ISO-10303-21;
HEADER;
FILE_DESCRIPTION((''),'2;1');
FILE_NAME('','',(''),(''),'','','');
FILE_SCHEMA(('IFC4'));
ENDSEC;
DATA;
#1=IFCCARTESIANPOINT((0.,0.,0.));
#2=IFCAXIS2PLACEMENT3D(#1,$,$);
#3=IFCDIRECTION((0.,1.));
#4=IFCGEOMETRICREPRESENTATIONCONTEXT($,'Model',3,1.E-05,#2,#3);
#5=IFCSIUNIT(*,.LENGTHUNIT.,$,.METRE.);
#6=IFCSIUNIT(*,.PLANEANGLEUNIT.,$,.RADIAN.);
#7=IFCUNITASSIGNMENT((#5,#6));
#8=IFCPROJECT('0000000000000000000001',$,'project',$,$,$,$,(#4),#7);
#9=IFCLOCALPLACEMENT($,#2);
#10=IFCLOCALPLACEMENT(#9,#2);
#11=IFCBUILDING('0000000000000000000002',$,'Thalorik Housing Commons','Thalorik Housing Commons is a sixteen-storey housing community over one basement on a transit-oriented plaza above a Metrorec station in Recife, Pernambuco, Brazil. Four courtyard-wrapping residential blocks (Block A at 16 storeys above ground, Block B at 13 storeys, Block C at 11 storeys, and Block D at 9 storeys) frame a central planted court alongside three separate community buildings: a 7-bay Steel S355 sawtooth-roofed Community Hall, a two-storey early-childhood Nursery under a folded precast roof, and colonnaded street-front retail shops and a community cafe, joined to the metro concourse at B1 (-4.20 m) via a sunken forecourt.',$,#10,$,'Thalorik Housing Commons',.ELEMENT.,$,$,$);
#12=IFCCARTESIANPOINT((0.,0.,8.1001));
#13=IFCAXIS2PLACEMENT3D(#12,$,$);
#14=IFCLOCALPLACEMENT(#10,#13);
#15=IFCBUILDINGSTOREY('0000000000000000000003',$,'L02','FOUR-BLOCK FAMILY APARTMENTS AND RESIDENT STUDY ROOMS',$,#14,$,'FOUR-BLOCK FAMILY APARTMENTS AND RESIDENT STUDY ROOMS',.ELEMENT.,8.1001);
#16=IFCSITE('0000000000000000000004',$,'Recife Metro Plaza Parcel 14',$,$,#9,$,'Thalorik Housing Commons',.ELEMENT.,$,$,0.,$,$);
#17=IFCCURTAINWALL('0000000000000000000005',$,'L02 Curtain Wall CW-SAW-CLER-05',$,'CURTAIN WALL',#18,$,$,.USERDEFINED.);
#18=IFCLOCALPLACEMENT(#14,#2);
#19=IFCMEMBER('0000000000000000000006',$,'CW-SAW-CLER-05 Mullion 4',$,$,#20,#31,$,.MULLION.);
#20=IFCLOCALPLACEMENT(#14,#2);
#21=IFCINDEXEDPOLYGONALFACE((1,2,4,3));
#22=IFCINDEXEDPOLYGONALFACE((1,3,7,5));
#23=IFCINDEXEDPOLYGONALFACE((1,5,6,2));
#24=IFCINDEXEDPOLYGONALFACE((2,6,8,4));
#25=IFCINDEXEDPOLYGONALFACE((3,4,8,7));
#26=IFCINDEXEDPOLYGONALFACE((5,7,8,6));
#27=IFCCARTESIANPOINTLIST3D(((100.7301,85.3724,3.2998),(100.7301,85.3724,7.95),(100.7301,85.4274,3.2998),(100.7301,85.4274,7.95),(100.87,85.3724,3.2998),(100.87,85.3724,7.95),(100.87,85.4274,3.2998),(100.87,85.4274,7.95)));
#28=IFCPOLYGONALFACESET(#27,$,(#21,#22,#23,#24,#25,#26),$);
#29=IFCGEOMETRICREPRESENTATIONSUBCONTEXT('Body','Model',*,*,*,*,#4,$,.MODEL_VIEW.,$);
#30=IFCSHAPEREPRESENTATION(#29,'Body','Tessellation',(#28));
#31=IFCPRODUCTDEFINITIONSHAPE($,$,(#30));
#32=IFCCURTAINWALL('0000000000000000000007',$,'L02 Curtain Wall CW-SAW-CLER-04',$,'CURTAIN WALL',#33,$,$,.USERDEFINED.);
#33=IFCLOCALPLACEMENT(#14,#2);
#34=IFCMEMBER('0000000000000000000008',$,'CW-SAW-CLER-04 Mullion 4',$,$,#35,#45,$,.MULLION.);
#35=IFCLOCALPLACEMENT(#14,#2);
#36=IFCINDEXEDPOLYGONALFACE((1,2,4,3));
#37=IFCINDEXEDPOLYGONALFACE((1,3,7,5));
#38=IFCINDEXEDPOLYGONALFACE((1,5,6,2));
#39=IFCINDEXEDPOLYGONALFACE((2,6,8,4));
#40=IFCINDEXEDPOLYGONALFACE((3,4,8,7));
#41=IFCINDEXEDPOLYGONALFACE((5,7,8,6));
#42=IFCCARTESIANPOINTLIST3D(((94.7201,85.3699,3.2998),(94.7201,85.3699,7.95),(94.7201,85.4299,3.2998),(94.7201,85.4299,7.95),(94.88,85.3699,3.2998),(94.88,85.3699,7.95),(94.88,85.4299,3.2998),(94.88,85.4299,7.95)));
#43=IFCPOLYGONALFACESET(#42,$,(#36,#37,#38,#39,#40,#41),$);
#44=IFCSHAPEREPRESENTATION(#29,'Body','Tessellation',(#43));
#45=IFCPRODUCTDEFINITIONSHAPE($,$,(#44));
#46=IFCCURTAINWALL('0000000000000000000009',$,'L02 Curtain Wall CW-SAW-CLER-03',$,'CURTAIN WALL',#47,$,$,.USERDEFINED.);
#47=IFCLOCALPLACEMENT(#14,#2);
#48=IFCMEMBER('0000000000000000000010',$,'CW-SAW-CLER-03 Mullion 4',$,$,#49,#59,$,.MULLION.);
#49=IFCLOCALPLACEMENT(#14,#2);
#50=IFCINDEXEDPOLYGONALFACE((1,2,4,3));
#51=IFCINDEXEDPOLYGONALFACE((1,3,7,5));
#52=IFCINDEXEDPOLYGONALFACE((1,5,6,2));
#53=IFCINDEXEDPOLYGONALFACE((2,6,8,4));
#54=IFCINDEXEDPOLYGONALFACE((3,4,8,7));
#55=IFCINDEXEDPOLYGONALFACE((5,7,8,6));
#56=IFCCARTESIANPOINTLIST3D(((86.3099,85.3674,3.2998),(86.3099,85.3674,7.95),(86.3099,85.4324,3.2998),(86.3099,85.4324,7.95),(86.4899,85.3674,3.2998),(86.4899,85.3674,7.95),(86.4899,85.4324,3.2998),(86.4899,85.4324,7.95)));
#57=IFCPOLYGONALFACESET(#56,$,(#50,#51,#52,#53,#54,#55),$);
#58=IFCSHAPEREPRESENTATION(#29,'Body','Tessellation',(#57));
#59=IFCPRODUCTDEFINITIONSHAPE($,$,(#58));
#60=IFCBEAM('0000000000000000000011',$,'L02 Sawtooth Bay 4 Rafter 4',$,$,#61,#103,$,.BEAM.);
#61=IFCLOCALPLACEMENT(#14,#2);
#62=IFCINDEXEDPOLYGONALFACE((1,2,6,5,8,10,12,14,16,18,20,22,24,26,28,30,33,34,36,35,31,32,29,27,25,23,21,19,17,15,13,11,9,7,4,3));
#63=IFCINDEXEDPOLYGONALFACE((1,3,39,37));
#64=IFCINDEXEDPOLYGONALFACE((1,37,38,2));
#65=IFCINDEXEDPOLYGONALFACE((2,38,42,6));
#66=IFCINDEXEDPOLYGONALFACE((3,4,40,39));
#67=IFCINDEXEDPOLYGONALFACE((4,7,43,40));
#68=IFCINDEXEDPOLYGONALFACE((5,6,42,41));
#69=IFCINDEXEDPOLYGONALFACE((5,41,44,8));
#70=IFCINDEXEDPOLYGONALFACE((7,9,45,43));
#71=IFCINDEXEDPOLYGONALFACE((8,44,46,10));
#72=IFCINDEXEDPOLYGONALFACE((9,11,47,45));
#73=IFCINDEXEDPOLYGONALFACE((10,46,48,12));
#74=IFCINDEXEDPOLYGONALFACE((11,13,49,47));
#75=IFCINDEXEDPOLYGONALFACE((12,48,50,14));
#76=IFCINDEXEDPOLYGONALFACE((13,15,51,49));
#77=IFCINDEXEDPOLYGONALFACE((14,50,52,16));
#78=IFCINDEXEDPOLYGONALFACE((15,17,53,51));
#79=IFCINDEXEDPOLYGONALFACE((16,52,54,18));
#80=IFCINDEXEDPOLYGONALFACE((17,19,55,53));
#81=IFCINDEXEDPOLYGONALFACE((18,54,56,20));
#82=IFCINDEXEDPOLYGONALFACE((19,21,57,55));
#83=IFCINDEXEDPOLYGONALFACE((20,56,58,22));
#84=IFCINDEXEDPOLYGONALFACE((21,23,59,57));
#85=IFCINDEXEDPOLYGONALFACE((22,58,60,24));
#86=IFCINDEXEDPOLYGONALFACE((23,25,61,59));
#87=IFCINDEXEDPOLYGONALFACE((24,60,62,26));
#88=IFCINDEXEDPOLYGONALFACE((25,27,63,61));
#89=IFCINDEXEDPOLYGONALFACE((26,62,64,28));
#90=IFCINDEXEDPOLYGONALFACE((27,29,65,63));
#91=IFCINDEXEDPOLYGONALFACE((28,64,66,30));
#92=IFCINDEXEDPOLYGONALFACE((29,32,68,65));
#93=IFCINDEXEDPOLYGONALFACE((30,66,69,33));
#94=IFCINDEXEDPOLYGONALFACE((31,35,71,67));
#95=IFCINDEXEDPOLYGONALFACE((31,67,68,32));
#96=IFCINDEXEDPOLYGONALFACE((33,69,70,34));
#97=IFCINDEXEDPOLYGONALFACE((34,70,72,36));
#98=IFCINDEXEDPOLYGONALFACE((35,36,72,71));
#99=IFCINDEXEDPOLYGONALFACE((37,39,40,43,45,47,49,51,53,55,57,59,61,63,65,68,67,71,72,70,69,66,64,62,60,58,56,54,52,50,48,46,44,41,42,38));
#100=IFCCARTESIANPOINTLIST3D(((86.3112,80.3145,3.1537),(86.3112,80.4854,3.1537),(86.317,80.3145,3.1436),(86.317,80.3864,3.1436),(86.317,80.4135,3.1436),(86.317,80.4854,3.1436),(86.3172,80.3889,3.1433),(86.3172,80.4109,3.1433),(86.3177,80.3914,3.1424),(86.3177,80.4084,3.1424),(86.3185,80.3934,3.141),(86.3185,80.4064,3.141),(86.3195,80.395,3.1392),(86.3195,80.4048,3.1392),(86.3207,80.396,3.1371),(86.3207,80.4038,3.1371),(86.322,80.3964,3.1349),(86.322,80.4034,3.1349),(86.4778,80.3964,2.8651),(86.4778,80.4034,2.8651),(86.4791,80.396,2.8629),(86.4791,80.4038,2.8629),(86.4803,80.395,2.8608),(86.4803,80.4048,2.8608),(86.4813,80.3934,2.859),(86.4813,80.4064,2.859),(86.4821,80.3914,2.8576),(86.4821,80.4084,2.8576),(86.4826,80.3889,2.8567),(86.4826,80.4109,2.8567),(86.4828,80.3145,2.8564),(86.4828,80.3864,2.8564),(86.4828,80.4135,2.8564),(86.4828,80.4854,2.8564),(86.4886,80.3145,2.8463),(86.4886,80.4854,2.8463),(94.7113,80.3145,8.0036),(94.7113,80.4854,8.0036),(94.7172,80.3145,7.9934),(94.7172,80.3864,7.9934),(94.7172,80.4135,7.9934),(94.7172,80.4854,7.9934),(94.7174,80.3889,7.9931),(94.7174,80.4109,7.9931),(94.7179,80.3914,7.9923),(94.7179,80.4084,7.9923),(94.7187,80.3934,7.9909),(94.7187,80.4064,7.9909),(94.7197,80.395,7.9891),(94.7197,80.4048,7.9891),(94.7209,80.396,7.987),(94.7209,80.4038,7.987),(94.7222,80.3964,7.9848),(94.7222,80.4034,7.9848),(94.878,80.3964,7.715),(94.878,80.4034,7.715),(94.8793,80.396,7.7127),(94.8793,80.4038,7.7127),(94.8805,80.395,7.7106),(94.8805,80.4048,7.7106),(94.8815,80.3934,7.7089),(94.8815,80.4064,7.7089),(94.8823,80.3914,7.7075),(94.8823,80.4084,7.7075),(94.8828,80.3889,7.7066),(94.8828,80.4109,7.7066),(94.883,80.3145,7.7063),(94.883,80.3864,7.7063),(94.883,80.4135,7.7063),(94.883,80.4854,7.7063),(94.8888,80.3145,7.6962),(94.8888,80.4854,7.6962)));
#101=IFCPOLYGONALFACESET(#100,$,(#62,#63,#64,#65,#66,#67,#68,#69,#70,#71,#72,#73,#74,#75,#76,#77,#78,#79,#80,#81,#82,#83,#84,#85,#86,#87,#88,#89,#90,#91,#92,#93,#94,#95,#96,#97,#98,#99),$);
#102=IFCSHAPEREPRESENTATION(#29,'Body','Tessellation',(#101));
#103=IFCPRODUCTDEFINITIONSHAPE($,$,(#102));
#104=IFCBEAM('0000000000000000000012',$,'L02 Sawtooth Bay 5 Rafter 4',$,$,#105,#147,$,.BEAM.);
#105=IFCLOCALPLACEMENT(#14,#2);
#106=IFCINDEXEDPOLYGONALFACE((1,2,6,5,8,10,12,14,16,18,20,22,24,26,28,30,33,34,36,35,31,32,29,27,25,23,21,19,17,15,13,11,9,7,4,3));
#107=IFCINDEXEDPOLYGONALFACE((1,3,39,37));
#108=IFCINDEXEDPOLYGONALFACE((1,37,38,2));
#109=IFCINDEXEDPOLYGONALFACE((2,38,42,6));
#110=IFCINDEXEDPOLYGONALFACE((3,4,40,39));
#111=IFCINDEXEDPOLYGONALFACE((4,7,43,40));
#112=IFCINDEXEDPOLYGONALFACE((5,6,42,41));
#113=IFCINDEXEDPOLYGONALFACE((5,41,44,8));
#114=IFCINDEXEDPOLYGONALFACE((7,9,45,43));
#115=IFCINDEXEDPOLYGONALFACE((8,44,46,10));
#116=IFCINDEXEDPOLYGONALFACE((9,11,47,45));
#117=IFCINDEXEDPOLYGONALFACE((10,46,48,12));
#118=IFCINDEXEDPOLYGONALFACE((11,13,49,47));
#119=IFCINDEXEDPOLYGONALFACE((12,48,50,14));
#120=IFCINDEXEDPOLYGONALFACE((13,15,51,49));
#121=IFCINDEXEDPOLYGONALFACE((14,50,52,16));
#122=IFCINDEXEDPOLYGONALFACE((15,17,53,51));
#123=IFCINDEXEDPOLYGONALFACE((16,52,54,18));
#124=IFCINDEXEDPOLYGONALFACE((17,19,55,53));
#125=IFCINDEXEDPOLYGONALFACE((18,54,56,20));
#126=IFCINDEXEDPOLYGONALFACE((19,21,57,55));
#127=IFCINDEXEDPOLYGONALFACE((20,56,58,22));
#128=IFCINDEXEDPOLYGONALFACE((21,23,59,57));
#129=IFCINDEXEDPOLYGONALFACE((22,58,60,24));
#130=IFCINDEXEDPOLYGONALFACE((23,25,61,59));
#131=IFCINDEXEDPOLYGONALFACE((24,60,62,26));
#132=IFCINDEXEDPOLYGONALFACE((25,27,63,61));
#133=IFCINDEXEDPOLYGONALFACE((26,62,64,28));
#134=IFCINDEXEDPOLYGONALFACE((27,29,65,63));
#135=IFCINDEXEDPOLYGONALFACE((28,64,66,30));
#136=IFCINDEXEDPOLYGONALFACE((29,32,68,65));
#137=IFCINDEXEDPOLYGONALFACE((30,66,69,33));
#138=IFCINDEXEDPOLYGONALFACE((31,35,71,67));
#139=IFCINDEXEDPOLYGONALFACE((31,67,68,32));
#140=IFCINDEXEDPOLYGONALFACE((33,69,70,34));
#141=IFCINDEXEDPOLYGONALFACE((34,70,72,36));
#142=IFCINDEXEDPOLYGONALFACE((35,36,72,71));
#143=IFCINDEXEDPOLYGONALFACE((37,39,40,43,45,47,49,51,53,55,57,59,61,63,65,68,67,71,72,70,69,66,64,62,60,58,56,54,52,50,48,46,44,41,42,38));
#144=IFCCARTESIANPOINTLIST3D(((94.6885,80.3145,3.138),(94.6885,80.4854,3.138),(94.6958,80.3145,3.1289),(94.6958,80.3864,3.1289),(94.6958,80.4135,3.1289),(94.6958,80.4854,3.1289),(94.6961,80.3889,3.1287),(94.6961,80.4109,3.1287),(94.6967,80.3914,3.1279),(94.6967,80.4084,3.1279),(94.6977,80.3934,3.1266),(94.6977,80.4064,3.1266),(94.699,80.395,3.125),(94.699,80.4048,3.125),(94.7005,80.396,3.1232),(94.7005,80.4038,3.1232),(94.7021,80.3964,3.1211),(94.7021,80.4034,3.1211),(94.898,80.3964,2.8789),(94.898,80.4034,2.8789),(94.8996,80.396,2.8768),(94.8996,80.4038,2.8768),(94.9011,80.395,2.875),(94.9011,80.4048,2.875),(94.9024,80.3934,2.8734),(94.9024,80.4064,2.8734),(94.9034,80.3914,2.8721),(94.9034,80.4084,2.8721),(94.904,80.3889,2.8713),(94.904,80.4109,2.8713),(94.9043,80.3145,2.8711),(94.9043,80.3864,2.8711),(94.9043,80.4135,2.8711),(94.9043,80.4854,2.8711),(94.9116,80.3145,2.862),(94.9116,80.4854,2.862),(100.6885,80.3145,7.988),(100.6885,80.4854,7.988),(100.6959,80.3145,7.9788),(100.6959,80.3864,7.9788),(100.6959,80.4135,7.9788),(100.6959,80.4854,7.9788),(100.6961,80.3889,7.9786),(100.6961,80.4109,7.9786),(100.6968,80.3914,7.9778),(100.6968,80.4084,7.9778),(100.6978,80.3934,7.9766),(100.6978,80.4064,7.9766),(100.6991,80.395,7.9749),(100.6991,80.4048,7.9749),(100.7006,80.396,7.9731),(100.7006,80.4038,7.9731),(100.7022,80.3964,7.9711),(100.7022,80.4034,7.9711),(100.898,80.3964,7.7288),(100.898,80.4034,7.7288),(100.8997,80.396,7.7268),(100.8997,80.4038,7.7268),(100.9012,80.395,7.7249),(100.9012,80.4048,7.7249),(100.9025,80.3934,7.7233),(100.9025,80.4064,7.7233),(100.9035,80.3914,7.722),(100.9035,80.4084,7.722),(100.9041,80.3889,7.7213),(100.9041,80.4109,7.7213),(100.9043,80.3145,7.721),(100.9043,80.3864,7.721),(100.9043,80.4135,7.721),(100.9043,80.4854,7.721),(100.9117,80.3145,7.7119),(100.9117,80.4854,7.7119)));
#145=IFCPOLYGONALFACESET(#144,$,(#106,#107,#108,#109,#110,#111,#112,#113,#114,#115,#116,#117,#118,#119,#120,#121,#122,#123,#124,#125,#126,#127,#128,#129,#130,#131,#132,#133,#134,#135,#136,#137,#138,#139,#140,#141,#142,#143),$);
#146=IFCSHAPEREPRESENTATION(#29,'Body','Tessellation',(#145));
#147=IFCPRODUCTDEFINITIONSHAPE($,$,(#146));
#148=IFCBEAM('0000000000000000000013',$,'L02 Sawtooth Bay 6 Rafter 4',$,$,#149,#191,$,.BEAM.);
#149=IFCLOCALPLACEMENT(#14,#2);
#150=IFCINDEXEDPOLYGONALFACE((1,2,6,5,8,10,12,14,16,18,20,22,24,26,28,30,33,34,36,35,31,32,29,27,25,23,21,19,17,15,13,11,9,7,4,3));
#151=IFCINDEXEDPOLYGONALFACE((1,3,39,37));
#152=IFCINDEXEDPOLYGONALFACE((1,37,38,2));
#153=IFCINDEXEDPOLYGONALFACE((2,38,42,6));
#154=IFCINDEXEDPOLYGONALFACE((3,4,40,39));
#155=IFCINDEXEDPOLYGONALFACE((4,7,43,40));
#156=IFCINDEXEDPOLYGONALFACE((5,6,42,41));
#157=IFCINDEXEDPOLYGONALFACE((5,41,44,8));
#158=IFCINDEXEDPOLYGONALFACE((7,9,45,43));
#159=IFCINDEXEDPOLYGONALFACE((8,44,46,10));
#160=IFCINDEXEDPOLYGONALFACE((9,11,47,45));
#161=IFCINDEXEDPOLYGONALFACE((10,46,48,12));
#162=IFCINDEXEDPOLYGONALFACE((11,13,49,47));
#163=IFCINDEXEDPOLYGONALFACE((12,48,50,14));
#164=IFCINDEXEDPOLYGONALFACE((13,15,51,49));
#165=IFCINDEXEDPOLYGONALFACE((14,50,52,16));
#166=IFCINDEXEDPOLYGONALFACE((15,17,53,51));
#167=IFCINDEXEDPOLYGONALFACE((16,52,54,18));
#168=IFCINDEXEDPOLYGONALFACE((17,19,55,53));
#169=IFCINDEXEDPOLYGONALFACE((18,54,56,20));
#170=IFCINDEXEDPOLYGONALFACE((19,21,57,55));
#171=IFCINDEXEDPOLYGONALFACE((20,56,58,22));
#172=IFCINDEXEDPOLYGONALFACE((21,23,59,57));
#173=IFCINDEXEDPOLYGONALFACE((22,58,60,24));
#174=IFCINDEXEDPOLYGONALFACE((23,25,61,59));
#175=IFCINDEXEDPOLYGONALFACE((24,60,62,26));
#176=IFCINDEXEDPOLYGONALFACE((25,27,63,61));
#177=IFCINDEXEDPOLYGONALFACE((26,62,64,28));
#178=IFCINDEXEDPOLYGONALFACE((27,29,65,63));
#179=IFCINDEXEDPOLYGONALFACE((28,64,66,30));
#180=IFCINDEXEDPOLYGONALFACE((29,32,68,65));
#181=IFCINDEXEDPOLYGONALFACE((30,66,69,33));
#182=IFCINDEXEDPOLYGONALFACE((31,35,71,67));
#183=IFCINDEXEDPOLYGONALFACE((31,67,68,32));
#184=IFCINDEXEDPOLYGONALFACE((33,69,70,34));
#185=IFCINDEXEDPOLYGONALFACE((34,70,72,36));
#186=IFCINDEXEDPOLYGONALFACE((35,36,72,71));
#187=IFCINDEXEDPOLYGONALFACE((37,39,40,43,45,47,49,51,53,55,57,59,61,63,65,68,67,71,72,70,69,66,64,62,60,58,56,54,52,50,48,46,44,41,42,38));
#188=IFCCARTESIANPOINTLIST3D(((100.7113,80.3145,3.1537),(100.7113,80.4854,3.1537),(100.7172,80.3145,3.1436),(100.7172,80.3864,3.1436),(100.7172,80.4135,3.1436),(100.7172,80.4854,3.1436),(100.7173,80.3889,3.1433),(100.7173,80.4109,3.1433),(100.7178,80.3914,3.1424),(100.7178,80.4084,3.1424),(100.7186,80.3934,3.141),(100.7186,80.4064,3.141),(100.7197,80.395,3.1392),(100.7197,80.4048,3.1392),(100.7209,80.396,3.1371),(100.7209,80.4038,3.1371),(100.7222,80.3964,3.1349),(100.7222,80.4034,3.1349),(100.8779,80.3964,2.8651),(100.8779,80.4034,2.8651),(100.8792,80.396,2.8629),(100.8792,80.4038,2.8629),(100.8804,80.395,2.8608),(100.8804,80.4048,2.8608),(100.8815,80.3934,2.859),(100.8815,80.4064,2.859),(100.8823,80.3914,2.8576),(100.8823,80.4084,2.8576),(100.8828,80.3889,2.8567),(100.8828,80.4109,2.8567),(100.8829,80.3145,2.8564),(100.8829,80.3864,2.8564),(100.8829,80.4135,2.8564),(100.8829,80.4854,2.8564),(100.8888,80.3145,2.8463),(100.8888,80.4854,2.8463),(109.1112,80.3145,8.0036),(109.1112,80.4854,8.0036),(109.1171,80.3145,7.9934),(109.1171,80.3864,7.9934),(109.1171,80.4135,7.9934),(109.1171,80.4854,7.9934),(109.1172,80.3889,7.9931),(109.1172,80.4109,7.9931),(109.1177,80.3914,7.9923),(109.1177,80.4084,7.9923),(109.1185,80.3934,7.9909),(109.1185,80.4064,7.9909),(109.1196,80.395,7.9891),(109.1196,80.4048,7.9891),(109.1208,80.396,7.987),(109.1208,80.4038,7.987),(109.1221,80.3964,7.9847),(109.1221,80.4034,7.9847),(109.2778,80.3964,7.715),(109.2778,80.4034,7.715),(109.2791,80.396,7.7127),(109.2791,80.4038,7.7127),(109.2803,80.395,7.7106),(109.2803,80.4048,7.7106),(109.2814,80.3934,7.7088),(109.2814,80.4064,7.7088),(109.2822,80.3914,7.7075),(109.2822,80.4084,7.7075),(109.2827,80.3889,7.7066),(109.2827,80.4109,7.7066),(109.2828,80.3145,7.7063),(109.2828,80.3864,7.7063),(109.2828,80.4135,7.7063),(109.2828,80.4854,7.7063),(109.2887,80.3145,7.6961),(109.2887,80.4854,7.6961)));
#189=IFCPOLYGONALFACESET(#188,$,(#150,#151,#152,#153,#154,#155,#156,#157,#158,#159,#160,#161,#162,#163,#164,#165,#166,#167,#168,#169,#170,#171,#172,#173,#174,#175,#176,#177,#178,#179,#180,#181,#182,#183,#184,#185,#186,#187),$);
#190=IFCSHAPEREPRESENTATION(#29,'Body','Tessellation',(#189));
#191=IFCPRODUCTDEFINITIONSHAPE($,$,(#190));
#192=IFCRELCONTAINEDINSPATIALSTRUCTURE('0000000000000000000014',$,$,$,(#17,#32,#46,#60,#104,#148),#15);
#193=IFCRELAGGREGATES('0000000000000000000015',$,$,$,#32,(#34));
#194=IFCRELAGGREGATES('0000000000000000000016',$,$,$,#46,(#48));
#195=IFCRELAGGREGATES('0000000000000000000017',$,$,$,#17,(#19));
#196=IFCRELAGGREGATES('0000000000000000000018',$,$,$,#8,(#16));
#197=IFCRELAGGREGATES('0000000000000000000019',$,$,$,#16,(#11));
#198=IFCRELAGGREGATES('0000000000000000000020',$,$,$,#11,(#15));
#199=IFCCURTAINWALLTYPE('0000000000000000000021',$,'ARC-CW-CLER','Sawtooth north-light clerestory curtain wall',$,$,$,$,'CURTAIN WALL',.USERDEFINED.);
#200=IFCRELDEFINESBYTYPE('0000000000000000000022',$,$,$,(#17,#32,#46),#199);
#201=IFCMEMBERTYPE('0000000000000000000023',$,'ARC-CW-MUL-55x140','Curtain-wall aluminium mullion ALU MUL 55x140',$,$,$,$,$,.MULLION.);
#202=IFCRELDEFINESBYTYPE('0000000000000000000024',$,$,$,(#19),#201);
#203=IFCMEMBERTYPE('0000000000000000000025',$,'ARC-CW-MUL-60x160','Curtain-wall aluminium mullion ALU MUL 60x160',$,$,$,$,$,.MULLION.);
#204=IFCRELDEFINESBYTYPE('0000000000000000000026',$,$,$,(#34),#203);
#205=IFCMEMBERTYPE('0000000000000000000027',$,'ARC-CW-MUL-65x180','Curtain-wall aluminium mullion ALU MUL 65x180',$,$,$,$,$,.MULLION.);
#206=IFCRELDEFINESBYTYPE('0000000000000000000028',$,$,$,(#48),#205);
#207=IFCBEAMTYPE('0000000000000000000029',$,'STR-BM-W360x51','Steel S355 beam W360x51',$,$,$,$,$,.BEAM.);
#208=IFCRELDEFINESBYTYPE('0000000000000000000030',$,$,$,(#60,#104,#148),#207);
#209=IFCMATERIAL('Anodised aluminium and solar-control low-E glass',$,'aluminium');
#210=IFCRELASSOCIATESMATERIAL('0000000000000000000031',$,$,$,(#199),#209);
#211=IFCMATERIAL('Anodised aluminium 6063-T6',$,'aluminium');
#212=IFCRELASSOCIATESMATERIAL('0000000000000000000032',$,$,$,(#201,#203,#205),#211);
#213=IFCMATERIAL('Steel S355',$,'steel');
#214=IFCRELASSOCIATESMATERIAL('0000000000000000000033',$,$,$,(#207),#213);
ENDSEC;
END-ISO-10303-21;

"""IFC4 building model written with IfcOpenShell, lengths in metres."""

from ifc_helpers import new_model, si_unit, direction, frame, origin, origin_2d, place, context, subcontext, project, spatial, rectangle, i_section, extrude, material, material_profile, profile_set, type_object, element, aggregate, save


model = new_model("IFC4")

# Units and contexts
model_context = context("Model", 3, precision=1e-05, world=origin(), true_north=direction((0.0, 1.0)))
body_context = subcontext(model_context, "Body", "Model", "MODEL_VIEW")
ifc_project = project(units=[si_unit("LENGTHUNIT", "METRE"), si_unit("PLANEANGLEUNIT", "RADIAN")], contexts=[model_context])

# Site, building, storey
site_placement = place(None, origin())
site = spatial("IfcSite", under=ifc_project, at=site_placement, Name="Recife Metro Plaza Parcel 14", LongName="Thalorik Housing Commons", CompositionType="ELEMENT", RefElevation=0.0)
building_placement = place(site_placement, origin())
building = spatial("IfcBuilding", under=site, at=building_placement, Name="Thalorik Housing Commons", Description="Thalorik Housing Commons is a sixteen-storey housing community over one basement on a transit-oriented plaza above a Metrorec station in Recife, Pernambuco, Brazil. Four courtyard-wrapping residential blocks (Block A at 16 storeys above ground, Block B at 13 storeys, Block C at 11 storeys, and Block D at 9 storeys) frame a central planted court alongside three separate community buildings: a 7-bay Steel S355 sawtooth-roofed Community Hall, a two-storey early-childhood Nursery under a folded precast roof, and colonnaded street-front retail shops and a community cafe, joined to the metro concourse at B1 (-4.20 m) via a sunken forecourt.", LongName="Thalorik Housing Commons", CompositionType="ELEMENT")
storey_placement = place(building_placement, frame((0.0, 0.0, 8.1001)))
storey = spatial("IfcBuildingStorey", under=building, at=storey_placement, Name="L02", Description="FOUR-BLOCK FAMILY APARTMENTS AND RESIDENT STUDY ROOMS", LongName="FOUR-BLOCK FAMILY APARTMENTS AND RESIDENT STUDY ROOMS", CompositionType="ELEMENT", Elevation=8.1001)

# Curtain walls, members
ifc_material_1 = material(Name="Anodised aluminium and solar-control low-E glass", Category="aluminium")
curtain_wall_type = type_object("IfcCurtainWallType", Name="ARC-CW-CLER", Description="Sawtooth north-light clerestory curtain wall", ElementType="CURTAIN WALL", PredefinedType="USERDEFINED", material=ifc_material_1)
curtain_wall_1_placement = place(storey_placement, origin())
curtain_wall_1 = element("IfcCurtainWall", 1, at=curtain_wall_1_placement, inside=storey, type_object=curtain_wall_type, Name="L02 Curtain Wall CW-SAW-CLER-05", ObjectType="CURTAIN WALL", PredefinedType="USERDEFINED")
ifc_material_2 = material(Name="Anodised aluminium 6063-T6", Category="aluminium")
ifc_material_profile_1 = material_profile(ifc_material_2, rectangle(XDim=0.0549, YDim=0.1399, at=origin_2d()), Name="ALU MUL 55x140", Category="aluminium")
ifc_profile_set_1 = profile_set([ifc_material_profile_1], Name="Anodised aluminium 6063-T6")
member_type_1 = type_object("IfcMemberType", Name="ARC-CW-MUL-55x140", Description="Curtain-wall aluminium mullion ALU MUL 55x140", PredefinedType="MULLION", material=ifc_profile_set_1)
member_1_placement = place(storey_placement, frame((100.8, 85.3999, 3.2998), z_axis=(0.0, 0.0, 1.0), x_axis=(0.0, 1.0, 0.0)))
member_1 = element("IfcMember", 2, at=member_1_placement, type_object=member_type_1, Name="CW-SAW-CLER-05 Mullion 4", PredefinedType="MULLION", context=body_context, shape_type="SweptSolid", body=[
    extrude(rectangle(XDim=0.0549, YDim=0.1399, at=origin_2d()), origin(), (0.0, 0.0, 1.0), 4.6501),
])
curtain_wall_2_placement = place(storey_placement, origin())
curtain_wall_2 = element("IfcCurtainWall", 3, at=curtain_wall_2_placement, inside=storey, type_object=curtain_wall_type, Name="L02 Curtain Wall CW-SAW-CLER-04", ObjectType="CURTAIN WALL", PredefinedType="USERDEFINED")
ifc_material_profile_2 = material_profile(ifc_material_2, rectangle(XDim=0.0601, YDim=0.1599, at=origin_2d()), Name="ALU MUL 60x160", Category="aluminium")
ifc_profile_set_2 = profile_set([ifc_material_profile_2], Name="Anodised aluminium 6063-T6")
member_type_2 = type_object("IfcMemberType", Name="ARC-CW-MUL-60x160", Description="Curtain-wall aluminium mullion ALU MUL 60x160", PredefinedType="MULLION", material=ifc_profile_set_2)
member_2_placement = place(storey_placement, frame((94.8, 85.3999, 3.2998), z_axis=(0.0, 0.0, 1.0), x_axis=(0.0, 1.0, 0.0)))
member_2 = element("IfcMember", 4, at=member_2_placement, type_object=member_type_2, Name="CW-SAW-CLER-04 Mullion 4", PredefinedType="MULLION", context=body_context, shape_type="SweptSolid", body=[
    extrude(rectangle(XDim=0.0601, YDim=0.1599, at=origin_2d()), origin(), (0.0, 0.0, 1.0), 4.6501),
])
curtain_wall_3_placement = place(storey_placement, origin())
curtain_wall_3 = element("IfcCurtainWall", 5, at=curtain_wall_3_placement, inside=storey, type_object=curtain_wall_type, Name="L02 Curtain Wall CW-SAW-CLER-03", ObjectType="CURTAIN WALL", PredefinedType="USERDEFINED")
ifc_material_profile_3 = material_profile(ifc_material_2, rectangle(XDim=0.0649, YDim=0.1799, at=origin_2d()), Name="ALU MUL 65x180", Category="aluminium")
ifc_profile_set_3 = profile_set([ifc_material_profile_3], Name="Anodised aluminium 6063-T6")
member_type_3 = type_object("IfcMemberType", Name="ARC-CW-MUL-65x180", Description="Curtain-wall aluminium mullion ALU MUL 65x180", PredefinedType="MULLION", material=ifc_profile_set_3)
member_3_placement = place(storey_placement, frame((86.3999, 85.3999, 3.2998), z_axis=(0.0, 0.0, 1.0), x_axis=(0.0, 1.0, 0.0)))
member_3 = element("IfcMember", 6, at=member_3_placement, type_object=member_type_3, Name="CW-SAW-CLER-03 Mullion 4", PredefinedType="MULLION", context=body_context, shape_type="SweptSolid", body=[
    extrude(rectangle(XDim=0.0649, YDim=0.1799, at=origin_2d()), origin(), (0.0, 0.0, 1.0), 4.6501),
])

# Beams
ifc_material_3 = material(Name="Steel S355", Category="steel")
ifc_material_profile_4 = material_profile(ifc_material_3, i_section(OverallWidth=0.1709, OverallDepth=0.355, WebThickness=0.0071, FlangeThickness=0.0117, FilletRadius=0.01, at=origin_2d()), Name="W360x51", Category="steel")
ifc_profile_set_4 = profile_set([ifc_material_profile_4], Name="Steel S355")
beam_type = type_object("IfcBeamType", Name="STR-BM-W360x51", Description="Steel S355 beam W360x51", PredefinedType="BEAM", material=ifc_profile_set_4)
beam_1_placement = place(storey_placement, frame((86.3999, 80.3999, 3.0), z_axis=(0.866024, 0.0, 0.500002), x_axis=(0.0, 1.0, 0.0)))
element("IfcBeam", 7, at=beam_1_placement, inside=storey, type_object=beam_type, Name="L02 Sawtooth Bay 4 Rafter 4", PredefinedType="BEAM", context=body_context, shape_type="SweptSolid", body=[
    extrude(i_section(OverallWidth=0.1709, OverallDepth=0.355, WebThickness=0.0071, FlangeThickness=0.0117, FilletRadius=0.01, at=origin_2d()), origin(), (0.0, 0.0, 1.0), 9.6997),
])
beam_2_placement = place(storey_placement, frame((94.8, 80.3999, 3.0), z_axis=(0.777707, 0.0, 0.628627), x_axis=(0.0, 1.0, 0.0)))
element("IfcBeam", 8, at=beam_2_placement, inside=storey, type_object=beam_type, Name="L02 Sawtooth Bay 5 Rafter 4", PredefinedType="BEAM", context=body_context, shape_type="SweptSolid", body=[
    extrude(i_section(OverallWidth=0.1709, OverallDepth=0.355, WebThickness=0.0071, FlangeThickness=0.0117, FilletRadius=0.01, at=origin_2d()), origin(), (0.0, 0.0, 1.0), 7.7151),
])
beam_3_placement = place(storey_placement, frame((100.8, 80.3999, 3.0), z_axis=(0.866018, 0.0, 0.500013), x_axis=(0.0, 1.0, 0.0)))
element("IfcBeam", 9, at=beam_3_placement, inside=storey, type_object=beam_type, Name="L02 Sawtooth Bay 6 Rafter 4", PredefinedType="BEAM", context=body_context, shape_type="SweptSolid", body=[
    extrude(i_section(OverallWidth=0.1709, OverallDepth=0.355, WebThickness=0.0071, FlangeThickness=0.0117, FilletRadius=0.01, at=origin_2d()), origin(), (0.0, 0.0, 1.0), 9.6995),
])

aggregate(curtain_wall_2, [member_2])
aggregate(curtain_wall_3, [member_3])
aggregate(curtain_wall_1, [member_1])

save(model, "model.ifc")
